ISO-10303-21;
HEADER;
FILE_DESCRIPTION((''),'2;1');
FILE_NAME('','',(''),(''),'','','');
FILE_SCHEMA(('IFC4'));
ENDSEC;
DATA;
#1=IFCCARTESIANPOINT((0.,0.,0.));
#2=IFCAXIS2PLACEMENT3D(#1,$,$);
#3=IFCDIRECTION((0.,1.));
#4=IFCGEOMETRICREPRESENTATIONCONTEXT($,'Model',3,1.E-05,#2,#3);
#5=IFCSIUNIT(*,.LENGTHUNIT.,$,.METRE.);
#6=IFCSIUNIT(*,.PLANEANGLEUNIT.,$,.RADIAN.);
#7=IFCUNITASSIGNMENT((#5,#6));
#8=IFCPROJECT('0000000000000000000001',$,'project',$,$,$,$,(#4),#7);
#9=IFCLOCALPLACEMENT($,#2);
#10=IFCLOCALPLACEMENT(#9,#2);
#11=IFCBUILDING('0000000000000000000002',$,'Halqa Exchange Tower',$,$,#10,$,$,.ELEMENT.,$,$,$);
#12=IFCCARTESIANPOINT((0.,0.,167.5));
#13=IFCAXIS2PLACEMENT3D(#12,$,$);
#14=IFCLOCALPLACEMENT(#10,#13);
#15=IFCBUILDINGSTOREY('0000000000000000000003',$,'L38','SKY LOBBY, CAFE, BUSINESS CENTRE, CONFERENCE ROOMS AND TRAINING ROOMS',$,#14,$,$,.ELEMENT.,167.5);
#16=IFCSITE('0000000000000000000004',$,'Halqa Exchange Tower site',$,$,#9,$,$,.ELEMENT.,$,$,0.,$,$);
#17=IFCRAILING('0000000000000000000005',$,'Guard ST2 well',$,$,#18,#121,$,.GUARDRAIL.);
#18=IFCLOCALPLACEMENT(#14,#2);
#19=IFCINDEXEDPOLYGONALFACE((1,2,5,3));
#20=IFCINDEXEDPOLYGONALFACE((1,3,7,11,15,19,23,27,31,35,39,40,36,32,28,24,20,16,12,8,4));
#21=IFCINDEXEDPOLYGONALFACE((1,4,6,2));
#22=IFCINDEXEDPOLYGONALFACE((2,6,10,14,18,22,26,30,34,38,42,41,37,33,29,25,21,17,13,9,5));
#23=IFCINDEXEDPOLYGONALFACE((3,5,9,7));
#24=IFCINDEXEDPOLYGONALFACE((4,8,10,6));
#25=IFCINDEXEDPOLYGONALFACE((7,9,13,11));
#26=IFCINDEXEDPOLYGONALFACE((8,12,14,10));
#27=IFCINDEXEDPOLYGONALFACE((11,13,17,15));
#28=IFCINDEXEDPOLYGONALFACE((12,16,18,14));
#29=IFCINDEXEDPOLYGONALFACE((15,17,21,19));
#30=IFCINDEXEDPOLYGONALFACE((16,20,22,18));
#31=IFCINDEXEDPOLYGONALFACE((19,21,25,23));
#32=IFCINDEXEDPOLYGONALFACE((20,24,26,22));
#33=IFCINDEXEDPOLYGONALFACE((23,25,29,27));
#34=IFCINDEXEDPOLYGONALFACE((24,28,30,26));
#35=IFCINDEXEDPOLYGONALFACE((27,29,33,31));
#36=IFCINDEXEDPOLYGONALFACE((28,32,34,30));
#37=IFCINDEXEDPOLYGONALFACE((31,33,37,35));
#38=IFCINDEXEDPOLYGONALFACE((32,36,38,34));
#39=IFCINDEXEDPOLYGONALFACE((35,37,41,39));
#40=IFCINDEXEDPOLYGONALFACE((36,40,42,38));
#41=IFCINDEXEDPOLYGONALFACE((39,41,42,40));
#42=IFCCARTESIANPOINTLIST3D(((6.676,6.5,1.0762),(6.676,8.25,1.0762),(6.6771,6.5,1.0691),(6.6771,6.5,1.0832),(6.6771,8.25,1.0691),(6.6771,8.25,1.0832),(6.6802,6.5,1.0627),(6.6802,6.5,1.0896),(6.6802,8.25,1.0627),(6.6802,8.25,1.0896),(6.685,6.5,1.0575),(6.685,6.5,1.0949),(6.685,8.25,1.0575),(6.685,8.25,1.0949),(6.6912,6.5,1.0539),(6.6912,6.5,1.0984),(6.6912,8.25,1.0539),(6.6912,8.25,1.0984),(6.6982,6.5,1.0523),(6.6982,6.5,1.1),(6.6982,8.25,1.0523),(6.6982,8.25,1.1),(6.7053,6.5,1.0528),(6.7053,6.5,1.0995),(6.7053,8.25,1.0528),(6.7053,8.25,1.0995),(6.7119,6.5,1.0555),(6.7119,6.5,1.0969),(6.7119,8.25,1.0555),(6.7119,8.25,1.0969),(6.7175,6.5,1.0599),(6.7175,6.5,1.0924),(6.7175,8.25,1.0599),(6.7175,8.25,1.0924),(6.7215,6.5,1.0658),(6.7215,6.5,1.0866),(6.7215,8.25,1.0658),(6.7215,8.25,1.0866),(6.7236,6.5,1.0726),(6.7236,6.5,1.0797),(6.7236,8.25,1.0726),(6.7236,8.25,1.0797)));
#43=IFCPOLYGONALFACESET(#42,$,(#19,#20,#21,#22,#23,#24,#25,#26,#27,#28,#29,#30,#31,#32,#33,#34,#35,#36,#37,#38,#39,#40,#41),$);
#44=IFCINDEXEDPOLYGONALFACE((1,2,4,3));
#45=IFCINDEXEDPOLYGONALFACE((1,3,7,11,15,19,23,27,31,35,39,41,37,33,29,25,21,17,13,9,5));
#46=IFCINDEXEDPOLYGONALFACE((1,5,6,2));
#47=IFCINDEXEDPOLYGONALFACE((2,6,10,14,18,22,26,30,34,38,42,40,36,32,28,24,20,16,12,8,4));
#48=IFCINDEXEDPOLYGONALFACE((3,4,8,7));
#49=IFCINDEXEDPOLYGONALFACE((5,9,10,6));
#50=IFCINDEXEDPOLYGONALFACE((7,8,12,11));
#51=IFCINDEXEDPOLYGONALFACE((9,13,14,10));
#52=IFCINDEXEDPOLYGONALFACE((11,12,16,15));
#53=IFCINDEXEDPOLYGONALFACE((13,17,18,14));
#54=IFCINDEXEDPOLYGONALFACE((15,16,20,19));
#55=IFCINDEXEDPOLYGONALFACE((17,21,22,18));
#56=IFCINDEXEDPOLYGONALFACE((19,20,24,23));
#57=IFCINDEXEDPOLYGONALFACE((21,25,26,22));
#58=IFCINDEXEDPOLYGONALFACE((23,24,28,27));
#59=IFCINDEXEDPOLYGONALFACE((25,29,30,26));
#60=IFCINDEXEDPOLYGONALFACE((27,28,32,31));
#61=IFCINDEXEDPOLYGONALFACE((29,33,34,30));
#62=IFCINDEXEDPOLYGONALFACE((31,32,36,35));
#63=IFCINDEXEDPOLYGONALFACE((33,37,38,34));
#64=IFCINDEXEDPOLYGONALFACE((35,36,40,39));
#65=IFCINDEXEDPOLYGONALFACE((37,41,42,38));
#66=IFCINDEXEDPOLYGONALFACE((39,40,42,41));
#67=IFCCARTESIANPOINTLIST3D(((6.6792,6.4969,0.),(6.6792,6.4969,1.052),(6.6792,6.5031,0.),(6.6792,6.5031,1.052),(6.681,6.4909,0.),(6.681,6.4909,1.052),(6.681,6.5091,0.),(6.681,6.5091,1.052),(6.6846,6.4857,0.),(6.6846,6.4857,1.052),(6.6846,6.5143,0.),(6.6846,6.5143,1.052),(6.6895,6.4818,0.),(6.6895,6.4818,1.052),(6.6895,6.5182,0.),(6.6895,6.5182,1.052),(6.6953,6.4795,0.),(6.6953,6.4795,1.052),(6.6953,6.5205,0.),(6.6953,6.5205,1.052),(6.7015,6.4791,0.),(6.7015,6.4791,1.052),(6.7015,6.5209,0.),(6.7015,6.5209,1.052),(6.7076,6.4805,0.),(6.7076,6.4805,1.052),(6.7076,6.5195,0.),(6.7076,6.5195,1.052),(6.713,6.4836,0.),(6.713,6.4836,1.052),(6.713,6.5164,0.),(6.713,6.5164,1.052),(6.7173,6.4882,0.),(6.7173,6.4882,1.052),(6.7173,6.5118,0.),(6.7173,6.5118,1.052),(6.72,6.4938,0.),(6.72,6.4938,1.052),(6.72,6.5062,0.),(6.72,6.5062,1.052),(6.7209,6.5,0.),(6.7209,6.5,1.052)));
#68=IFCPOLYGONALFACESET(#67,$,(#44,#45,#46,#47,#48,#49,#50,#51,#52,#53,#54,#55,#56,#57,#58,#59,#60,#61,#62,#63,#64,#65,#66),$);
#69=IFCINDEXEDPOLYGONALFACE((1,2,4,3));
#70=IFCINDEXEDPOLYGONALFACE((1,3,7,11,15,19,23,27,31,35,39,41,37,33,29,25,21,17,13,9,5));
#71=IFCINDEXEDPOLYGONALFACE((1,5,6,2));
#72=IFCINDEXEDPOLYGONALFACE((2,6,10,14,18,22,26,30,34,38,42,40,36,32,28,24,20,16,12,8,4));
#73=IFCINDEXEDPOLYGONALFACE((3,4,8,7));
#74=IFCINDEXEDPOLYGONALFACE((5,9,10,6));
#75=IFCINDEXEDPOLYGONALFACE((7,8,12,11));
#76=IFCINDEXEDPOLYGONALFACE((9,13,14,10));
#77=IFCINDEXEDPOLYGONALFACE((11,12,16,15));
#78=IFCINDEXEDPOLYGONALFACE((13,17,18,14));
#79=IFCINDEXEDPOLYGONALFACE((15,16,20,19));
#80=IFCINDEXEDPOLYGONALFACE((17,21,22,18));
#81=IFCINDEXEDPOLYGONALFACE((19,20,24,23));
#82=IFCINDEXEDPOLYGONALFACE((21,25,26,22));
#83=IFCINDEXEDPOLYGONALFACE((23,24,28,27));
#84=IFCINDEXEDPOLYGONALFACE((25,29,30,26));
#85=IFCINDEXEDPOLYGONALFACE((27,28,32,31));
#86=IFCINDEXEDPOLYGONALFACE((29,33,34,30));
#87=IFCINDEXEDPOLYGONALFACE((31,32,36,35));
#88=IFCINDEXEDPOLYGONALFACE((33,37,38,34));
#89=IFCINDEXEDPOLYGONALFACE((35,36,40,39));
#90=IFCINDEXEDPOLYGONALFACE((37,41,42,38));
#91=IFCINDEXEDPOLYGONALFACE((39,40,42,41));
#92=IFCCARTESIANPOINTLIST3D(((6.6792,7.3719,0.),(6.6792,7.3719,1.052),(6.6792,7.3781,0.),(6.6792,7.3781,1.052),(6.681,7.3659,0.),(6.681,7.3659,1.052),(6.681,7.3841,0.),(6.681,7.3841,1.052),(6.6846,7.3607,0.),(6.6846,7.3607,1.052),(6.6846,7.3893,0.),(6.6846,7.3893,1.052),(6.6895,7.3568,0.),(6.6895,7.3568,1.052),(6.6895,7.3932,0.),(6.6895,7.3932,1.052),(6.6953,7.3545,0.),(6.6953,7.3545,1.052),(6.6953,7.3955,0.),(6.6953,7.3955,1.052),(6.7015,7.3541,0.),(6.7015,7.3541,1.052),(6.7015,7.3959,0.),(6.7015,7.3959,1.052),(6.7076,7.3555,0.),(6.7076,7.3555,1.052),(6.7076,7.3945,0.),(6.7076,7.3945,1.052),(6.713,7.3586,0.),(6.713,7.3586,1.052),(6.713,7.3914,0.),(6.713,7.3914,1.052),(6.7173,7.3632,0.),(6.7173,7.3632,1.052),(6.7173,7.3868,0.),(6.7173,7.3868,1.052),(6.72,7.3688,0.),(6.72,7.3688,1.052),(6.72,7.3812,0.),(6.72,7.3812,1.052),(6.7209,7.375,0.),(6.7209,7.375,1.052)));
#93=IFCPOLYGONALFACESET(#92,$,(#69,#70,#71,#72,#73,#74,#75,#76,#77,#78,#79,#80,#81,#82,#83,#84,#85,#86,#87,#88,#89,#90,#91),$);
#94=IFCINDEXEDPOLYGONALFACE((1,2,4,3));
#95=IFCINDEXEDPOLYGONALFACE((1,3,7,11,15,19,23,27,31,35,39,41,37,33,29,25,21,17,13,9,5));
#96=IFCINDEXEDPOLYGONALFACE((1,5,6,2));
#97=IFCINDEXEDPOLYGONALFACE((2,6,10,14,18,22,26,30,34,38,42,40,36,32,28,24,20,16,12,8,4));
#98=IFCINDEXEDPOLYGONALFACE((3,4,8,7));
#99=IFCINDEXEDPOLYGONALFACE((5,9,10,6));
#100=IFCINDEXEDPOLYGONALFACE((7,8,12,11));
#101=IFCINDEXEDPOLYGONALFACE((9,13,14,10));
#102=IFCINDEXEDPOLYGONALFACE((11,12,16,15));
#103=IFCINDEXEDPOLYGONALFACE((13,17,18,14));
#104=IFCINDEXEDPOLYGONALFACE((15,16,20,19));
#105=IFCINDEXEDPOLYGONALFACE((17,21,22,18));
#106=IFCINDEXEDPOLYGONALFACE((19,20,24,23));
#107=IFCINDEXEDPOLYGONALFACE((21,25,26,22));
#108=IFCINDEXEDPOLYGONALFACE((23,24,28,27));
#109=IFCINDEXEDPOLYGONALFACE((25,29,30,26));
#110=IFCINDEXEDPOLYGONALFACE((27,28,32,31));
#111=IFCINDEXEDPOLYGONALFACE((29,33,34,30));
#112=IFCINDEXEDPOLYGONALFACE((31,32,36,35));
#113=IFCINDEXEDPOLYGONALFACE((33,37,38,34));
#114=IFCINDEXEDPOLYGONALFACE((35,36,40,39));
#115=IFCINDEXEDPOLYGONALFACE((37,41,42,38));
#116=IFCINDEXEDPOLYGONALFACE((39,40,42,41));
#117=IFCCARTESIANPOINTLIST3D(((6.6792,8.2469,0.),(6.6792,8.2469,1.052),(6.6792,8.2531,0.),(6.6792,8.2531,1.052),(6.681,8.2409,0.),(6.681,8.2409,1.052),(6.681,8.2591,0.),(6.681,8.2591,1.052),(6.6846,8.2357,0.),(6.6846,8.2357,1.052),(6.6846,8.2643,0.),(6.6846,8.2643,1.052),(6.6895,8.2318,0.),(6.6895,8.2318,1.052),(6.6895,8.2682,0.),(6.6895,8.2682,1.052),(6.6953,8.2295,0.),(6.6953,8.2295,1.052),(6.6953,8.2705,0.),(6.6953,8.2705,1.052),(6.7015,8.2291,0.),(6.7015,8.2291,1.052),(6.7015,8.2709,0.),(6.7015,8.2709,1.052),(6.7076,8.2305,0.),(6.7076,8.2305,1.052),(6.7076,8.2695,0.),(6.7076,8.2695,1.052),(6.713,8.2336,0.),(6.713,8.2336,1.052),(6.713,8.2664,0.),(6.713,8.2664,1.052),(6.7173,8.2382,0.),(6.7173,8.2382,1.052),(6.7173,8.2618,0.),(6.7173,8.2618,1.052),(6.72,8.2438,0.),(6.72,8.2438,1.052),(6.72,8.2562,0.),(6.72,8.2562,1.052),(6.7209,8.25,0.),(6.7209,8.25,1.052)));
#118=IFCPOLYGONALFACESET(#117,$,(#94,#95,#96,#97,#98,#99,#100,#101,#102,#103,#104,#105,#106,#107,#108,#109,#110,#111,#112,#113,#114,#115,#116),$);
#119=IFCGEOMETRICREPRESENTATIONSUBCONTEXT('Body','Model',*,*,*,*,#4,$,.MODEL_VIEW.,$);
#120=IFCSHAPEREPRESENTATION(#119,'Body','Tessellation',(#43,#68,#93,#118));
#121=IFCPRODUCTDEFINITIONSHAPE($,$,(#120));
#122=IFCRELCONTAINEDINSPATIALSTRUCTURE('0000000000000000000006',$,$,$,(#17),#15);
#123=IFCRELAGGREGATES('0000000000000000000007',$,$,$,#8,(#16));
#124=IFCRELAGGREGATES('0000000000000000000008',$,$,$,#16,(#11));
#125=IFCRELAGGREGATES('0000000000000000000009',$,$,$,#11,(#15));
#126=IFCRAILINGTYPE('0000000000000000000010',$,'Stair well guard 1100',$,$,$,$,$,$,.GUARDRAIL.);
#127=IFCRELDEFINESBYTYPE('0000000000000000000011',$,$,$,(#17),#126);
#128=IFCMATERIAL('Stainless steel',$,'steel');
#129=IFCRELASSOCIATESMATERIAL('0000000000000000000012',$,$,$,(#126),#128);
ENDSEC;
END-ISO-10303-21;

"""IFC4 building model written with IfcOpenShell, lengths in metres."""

from ifc_helpers import new_model, si_unit, direction, frame, origin, origin_2d, place, context, subcontext, project, spatial, circle, extrude, material, type_object, element, save


model = new_model("IFC4")

# Units and contexts
model_context = context("Model", 3, precision=1e-05, world=origin(), true_north=direction((0.0, 1.0)))
body_context = subcontext(model_context, "Body", "Model", "MODEL_VIEW")
ifc_project = project(units=[si_unit("LENGTHUNIT", "METRE"), si_unit("PLANEANGLEUNIT", "RADIAN")], contexts=[model_context])

# Site, building, storey
site_placement = place(None, origin())
site = spatial("IfcSite", under=ifc_project, at=site_placement, Name="Halqa Exchange Tower site", CompositionType="ELEMENT", RefElevation=0.0)
building_placement = place(site_placement, origin())
building = spatial("IfcBuilding", under=site, at=building_placement, Name="Halqa Exchange Tower", CompositionType="ELEMENT")
storey_placement = place(building_placement, frame((0.0, 0.0, 167.5)))
storey = spatial("IfcBuildingStorey", under=building, at=storey_placement, Name="L38", Description="SKY LOBBY, CAFE, BUSINESS CENTRE, CONFERENCE ROOMS AND TRAINING ROOMS", CompositionType="ELEMENT", Elevation=167.5)

# Railing
ifc_material_1 = material(Name="Stainless steel", Category="steel")
railing_type_1 = type_object("IfcRailingType", Name="Stair well guard 1100", PredefinedType="GUARDRAIL", material=ifc_material_1)
railing_1_placement = place(storey_placement, frame((6.7, 6.5, 0.0)))
element("IfcRailing", 1, at=railing_1_placement, inside=storey, type_object=railing_type_1, Name="Guard ST2 well", PredefinedType="GUARDRAIL", context=body_context, shape_type="SweptSolid", body=[
    extrude(circle(Radius=0.0239, at=origin_2d()), frame((0.0, 0.0, 1.0762), z_axis=(0.0, 1.0, 0.0), x_axis=(-1.0, 0.0, 0.0)), (0.0, 0.0, 1.0), 1.75),
    extrude(circle(Radius=0.021, at=origin_2d()), origin(), (0.0, 0.0, 1.0), 1.052),
    extrude(circle(Radius=0.021, at=origin_2d()), frame((0.0, 0.875, 0.0)), (0.0, 0.0, 1.0), 1.052),
    extrude(circle(Radius=0.021, at=origin_2d()), frame((0.0, 1.75, 0.0)), (0.0, 0.0, 1.0), 1.052),
])

save(model, "model.ifc")
